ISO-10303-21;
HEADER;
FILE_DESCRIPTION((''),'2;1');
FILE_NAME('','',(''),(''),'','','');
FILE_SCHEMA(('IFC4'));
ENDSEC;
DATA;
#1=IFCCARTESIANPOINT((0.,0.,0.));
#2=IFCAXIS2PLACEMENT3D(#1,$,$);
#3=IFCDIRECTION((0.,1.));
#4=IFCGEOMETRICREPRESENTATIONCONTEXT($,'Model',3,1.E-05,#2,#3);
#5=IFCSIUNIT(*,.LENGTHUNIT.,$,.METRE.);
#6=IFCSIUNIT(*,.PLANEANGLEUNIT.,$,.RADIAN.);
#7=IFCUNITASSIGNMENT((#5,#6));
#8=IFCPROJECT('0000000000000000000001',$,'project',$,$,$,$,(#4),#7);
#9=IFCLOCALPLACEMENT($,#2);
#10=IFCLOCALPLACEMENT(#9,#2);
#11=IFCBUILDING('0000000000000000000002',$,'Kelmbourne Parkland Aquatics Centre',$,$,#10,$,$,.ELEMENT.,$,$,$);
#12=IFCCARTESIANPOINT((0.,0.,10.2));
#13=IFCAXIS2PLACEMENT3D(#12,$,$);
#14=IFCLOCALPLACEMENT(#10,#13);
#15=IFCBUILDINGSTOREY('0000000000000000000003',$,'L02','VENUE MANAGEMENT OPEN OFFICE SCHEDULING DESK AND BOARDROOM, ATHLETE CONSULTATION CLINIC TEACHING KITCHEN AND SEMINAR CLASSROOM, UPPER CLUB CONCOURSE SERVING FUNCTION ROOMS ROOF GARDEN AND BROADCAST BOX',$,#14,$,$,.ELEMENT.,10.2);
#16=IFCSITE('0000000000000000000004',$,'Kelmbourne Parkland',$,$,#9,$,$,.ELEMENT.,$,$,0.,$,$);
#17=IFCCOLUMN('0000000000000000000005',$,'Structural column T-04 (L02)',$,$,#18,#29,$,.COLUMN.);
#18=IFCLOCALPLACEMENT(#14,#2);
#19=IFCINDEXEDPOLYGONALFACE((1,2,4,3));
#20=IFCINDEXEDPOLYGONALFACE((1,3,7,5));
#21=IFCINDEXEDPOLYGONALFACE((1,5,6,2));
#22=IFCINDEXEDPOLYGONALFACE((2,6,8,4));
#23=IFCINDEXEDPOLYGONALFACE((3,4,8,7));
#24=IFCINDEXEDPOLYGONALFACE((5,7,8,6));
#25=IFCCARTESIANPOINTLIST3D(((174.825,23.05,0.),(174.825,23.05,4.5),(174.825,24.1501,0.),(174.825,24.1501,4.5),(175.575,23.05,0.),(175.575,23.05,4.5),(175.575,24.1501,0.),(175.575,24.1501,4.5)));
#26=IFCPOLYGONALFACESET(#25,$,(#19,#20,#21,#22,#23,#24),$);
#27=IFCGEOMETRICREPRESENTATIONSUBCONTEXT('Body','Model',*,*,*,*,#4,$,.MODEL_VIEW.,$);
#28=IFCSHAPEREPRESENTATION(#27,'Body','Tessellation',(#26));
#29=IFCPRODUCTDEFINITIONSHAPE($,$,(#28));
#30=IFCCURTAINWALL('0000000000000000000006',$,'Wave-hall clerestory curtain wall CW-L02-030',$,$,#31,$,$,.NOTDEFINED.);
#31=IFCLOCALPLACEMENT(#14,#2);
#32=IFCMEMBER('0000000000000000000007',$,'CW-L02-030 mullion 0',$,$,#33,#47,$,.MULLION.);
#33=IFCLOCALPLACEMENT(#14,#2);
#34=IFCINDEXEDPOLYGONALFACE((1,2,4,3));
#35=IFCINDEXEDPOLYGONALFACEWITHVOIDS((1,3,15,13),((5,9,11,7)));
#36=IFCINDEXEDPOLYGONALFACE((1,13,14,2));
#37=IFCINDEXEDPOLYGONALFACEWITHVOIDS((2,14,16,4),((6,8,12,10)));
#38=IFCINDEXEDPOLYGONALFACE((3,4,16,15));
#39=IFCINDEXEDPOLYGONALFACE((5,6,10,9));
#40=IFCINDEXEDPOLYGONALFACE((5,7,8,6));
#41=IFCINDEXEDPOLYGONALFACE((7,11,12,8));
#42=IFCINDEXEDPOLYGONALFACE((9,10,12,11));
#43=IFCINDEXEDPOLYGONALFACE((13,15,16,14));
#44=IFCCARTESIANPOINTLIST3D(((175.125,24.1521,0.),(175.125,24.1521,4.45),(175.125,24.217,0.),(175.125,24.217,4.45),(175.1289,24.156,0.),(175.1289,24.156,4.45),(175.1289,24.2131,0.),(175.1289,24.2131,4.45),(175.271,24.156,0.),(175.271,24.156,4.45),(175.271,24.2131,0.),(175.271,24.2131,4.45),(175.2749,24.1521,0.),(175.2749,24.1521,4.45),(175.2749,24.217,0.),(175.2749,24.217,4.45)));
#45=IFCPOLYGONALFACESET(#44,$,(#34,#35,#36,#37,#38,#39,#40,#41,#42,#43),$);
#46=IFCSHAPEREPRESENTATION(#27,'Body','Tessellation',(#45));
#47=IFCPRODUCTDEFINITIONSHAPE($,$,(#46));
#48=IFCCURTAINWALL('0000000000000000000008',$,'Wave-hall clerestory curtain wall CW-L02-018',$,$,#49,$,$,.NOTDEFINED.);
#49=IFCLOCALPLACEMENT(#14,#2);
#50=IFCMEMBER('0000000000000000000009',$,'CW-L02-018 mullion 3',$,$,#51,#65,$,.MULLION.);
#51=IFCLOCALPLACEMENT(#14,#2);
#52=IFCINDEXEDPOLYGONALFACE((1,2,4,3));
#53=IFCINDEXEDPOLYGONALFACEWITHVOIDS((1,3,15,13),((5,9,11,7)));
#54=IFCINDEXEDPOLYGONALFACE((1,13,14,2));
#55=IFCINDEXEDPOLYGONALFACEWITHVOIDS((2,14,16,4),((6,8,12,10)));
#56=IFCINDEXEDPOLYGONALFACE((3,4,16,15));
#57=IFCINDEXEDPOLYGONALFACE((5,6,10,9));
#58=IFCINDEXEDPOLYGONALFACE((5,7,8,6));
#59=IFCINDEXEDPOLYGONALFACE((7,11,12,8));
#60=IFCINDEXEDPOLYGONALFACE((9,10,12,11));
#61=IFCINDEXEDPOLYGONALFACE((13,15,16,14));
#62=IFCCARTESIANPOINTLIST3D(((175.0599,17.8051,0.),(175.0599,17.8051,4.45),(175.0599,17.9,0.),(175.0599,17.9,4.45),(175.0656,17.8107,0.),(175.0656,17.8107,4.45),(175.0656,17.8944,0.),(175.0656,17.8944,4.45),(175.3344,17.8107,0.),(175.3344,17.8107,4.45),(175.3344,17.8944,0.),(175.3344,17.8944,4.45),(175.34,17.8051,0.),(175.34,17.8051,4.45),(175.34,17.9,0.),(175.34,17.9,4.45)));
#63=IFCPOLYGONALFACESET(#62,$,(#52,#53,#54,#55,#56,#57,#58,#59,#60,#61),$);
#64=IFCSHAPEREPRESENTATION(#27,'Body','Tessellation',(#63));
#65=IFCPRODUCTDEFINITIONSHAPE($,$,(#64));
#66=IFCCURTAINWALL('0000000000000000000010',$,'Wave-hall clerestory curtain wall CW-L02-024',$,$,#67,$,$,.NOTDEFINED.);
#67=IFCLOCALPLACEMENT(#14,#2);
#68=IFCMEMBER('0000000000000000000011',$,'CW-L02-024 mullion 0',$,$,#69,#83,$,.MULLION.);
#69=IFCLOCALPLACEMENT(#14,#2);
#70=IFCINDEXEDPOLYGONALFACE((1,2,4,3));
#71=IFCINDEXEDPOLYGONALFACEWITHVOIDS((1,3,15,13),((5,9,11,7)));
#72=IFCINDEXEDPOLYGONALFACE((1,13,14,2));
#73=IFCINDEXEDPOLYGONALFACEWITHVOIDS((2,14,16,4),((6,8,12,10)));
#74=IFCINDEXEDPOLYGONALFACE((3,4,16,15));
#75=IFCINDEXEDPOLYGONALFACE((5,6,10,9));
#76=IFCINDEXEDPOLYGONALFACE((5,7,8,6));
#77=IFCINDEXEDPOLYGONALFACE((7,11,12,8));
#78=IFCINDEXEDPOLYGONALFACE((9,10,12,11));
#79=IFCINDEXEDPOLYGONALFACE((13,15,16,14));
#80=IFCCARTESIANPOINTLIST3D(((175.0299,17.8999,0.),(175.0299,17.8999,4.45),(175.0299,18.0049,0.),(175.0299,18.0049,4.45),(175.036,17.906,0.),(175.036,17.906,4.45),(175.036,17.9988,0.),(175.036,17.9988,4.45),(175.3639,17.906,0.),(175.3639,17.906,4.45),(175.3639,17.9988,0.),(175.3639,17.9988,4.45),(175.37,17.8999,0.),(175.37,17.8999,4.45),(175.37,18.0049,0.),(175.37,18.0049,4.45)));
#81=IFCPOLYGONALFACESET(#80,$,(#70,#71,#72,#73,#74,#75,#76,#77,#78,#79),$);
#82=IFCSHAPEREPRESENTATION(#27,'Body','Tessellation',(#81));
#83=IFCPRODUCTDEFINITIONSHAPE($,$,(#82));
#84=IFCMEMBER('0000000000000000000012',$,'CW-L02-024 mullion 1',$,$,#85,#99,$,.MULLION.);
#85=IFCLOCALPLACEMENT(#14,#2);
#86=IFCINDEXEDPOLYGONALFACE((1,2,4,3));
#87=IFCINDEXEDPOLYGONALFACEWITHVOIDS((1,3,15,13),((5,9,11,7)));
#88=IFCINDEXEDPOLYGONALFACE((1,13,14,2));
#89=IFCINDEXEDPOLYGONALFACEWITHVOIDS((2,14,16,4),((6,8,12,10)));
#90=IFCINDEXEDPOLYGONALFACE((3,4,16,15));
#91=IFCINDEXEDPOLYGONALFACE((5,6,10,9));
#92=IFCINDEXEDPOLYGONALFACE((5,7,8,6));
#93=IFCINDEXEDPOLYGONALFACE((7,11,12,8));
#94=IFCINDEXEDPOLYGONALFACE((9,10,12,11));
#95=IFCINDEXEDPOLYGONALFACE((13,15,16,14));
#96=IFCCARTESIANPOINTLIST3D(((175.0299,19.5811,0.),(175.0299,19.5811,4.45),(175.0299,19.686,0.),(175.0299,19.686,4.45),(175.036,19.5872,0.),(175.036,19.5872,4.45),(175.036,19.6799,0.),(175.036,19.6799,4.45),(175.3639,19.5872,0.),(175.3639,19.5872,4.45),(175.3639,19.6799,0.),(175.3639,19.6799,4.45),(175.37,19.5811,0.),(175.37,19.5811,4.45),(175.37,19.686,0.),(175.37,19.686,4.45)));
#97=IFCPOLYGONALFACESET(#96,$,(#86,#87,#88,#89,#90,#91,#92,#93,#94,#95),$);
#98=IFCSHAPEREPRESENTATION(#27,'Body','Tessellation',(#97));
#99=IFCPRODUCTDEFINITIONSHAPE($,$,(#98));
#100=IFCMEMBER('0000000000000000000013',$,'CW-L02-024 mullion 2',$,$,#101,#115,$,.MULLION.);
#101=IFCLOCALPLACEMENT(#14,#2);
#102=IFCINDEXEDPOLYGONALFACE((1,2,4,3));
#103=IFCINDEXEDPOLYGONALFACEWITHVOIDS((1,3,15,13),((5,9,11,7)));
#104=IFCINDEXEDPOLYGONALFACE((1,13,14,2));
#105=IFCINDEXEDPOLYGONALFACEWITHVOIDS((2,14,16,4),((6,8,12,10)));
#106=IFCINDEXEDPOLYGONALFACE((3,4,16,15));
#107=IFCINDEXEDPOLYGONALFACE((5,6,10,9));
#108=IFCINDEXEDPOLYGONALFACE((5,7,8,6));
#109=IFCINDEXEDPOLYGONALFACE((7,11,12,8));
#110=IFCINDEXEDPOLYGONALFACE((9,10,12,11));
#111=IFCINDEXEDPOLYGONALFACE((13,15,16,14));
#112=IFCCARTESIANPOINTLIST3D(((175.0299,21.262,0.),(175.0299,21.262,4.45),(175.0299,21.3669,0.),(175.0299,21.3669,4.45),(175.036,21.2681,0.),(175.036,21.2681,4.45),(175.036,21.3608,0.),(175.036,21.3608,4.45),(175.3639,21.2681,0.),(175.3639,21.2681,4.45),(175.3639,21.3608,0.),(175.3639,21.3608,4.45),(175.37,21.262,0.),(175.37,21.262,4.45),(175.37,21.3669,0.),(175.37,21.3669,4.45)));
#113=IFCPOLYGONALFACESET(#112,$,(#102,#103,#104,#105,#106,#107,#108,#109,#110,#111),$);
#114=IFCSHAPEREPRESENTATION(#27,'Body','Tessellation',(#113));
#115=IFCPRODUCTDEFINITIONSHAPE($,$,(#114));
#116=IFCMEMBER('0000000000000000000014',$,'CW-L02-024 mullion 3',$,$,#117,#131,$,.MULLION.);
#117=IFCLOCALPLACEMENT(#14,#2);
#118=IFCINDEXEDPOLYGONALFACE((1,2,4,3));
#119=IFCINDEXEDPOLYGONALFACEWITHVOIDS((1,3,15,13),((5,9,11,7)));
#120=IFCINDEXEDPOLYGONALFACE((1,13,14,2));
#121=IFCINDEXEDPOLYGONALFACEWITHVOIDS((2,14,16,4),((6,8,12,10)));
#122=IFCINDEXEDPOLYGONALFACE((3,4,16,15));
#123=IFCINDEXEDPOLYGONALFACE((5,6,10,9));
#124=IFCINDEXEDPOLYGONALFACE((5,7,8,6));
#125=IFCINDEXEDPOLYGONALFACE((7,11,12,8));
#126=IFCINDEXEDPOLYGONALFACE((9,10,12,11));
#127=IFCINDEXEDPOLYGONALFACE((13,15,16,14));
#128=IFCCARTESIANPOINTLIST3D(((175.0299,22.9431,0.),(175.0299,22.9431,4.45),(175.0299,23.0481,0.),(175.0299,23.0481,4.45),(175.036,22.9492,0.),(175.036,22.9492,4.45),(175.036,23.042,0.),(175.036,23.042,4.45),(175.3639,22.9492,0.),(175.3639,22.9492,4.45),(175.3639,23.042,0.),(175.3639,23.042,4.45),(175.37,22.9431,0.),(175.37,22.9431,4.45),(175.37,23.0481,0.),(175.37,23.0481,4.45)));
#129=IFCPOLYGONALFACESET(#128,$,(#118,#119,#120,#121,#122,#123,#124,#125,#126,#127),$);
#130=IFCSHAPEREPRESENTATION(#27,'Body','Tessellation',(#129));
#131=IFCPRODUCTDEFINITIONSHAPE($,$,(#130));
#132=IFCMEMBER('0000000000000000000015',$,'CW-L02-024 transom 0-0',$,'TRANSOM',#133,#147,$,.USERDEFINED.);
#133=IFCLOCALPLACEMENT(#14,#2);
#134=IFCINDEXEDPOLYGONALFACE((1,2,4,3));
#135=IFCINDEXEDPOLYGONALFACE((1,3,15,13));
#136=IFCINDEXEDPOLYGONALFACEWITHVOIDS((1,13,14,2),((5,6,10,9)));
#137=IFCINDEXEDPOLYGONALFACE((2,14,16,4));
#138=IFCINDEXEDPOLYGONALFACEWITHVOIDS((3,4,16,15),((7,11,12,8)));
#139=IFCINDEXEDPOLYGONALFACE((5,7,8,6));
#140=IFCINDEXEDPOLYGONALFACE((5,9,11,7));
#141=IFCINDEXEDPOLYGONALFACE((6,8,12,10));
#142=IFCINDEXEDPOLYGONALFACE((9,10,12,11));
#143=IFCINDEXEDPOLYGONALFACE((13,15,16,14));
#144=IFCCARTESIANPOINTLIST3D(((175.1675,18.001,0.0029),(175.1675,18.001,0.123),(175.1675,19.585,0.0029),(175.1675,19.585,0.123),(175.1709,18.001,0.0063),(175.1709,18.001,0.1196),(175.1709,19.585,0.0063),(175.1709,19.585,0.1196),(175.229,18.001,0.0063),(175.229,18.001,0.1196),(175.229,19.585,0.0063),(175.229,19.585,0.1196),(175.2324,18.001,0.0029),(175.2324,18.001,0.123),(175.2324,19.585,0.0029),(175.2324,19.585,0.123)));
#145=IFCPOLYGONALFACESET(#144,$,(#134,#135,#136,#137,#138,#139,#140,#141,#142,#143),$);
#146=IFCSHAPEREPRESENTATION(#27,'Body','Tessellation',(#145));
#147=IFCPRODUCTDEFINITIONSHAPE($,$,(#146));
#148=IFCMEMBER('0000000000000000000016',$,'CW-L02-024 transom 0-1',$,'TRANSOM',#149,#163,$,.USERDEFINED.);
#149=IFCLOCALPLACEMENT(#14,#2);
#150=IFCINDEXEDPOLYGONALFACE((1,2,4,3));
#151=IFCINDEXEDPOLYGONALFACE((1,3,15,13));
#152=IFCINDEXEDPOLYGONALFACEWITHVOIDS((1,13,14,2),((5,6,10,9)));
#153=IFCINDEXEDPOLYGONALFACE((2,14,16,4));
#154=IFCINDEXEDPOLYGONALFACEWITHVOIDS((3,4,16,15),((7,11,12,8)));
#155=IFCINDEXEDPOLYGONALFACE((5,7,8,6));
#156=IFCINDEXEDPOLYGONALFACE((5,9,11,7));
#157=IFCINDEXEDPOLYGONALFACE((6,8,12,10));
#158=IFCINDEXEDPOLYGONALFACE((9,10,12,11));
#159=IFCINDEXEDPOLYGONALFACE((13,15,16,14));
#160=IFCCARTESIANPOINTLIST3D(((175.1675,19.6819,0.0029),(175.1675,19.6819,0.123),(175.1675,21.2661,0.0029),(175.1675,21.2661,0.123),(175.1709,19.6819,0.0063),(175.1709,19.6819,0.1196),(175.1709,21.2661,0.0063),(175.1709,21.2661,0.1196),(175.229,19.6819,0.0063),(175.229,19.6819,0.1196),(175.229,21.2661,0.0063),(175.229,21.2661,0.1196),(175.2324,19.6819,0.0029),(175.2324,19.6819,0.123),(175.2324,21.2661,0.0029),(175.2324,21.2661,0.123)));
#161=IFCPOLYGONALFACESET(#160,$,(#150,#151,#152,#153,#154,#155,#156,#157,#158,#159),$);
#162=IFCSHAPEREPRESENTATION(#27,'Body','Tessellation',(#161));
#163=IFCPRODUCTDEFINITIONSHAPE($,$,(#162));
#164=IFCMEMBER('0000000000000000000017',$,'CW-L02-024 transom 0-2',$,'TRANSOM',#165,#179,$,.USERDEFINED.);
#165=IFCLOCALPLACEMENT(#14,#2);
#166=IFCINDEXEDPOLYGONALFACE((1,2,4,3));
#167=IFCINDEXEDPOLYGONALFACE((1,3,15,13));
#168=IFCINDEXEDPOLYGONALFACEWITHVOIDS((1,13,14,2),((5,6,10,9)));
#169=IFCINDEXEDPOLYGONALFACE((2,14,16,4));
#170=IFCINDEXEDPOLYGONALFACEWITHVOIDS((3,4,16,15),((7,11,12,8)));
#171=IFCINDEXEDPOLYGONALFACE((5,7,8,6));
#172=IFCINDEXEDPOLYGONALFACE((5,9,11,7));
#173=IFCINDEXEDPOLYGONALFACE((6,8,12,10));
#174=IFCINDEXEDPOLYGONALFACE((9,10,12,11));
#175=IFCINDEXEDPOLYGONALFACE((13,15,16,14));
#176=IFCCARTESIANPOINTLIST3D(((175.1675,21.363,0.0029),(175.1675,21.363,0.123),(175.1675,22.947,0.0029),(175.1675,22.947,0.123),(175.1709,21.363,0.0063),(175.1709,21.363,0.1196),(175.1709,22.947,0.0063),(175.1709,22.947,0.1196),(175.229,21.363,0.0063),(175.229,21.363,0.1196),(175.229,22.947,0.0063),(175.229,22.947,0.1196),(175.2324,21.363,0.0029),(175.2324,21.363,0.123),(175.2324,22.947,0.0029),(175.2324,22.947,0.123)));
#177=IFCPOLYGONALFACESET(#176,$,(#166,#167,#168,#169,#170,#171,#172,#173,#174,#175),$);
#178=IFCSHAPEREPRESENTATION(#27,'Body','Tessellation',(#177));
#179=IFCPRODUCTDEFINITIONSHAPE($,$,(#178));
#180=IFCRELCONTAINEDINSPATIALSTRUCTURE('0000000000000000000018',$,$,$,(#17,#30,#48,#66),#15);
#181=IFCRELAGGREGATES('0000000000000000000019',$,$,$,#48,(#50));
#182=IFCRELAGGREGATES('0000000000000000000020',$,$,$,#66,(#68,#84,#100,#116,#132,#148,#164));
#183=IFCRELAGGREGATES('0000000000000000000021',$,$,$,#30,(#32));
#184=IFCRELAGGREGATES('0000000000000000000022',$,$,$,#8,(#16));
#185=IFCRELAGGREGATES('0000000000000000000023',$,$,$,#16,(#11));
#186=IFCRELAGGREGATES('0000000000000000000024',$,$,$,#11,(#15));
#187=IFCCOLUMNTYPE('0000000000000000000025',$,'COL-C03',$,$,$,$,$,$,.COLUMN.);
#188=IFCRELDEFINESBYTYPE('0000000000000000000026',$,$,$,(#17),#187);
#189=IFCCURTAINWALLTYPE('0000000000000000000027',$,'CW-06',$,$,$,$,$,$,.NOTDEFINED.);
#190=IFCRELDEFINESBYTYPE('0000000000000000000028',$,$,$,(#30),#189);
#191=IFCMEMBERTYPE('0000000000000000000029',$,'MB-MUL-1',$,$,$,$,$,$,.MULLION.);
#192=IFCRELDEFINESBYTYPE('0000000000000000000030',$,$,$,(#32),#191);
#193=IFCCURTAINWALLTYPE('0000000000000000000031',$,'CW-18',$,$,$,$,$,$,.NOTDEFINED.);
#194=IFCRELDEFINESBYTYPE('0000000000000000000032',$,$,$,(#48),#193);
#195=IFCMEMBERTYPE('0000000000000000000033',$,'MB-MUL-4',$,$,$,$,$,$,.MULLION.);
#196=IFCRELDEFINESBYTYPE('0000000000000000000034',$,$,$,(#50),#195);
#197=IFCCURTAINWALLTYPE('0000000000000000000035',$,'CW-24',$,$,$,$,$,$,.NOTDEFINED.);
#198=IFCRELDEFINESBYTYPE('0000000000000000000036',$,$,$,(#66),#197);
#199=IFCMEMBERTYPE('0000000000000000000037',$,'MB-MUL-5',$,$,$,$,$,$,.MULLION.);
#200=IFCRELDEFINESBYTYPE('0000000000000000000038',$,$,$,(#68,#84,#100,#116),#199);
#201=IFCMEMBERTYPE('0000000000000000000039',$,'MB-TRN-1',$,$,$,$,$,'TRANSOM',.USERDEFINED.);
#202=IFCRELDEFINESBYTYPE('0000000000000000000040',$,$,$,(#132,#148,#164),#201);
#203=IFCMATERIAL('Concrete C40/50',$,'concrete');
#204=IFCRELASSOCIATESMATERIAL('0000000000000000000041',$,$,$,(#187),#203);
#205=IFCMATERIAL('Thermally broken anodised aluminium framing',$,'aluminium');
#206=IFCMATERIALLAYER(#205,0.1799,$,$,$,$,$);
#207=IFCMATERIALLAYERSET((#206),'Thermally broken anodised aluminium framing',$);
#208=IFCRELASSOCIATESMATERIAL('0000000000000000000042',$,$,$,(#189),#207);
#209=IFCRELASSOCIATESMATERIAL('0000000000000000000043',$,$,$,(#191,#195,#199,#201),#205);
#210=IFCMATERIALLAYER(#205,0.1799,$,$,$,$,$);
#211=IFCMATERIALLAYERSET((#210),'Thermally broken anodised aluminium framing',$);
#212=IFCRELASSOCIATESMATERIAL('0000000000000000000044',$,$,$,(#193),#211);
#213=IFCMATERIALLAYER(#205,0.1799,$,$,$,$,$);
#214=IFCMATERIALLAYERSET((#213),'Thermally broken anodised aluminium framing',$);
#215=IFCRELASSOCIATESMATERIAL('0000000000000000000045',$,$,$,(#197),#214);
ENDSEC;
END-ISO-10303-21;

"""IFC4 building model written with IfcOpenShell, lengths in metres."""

from ifc_helpers import new_model, si_unit, direction, frame, origin, origin_2d, place, context, subcontext, project, spatial, rectangle, hollow_rectangle, extrude, material, layer, layer_set, material_profile, profile_set, type_object, element, aggregate, save


model = new_model("IFC4")

# Units and contexts
model_context = context("Model", 3, precision=1e-05, world=origin(), true_north=direction((0.0, 1.0)))
body_context = subcontext(model_context, "Body", "Model", "MODEL_VIEW")
ifc_project = project(units=[si_unit("LENGTHUNIT", "METRE"), si_unit("PLANEANGLEUNIT", "RADIAN")], contexts=[model_context])

# Site, building, storey
site_placement = place(None, origin())
site = spatial("IfcSite", under=ifc_project, at=site_placement, Name="Kelmbourne Parkland", CompositionType="ELEMENT", RefElevation=0.0)
building_placement = place(site_placement, origin())
building = spatial("IfcBuilding", under=site, at=building_placement, Name="Kelmbourne Parkland Aquatics Centre", CompositionType="ELEMENT")
storey_placement = place(building_placement, frame((0.0, 0.0, 10.2)))
storey = spatial("IfcBuildingStorey", under=building, at=storey_placement, Name="L02", Description="VENUE MANAGEMENT OPEN OFFICE SCHEDULING DESK AND BOARDROOM, ATHLETE CONSULTATION CLINIC TEACHING KITCHEN AND SEMINAR CLASSROOM, UPPER CLUB CONCOURSE SERVING FUNCTION ROOMS ROOF GARDEN AND BROADCAST BOX", CompositionType="ELEMENT", Elevation=10.2)

# Column
ifc_material_1 = material(Name="Concrete C40/50", Category="concrete")
ifc_material_profile_1 = material_profile(ifc_material_1, rectangle(XDim=0.75, YDim=1.1001, at=origin_2d()), Name="RC 750x1100")
ifc_profile_set_1 = profile_set([ifc_material_profile_1], Name="Concrete C40/50")
column_type = type_object("IfcColumnType", Name="COL-C03", PredefinedType="COLUMN", material=ifc_profile_set_1)
column_placement = place(storey_placement, frame((175.2, 23.6001, 0.0), z_axis=(0.0, 0.0, 1.0), x_axis=(1.0, 0.0, 0.0)))
element("IfcColumn", 1, at=column_placement, inside=storey, type_object=column_type, Name="Structural column T-04 (L02)", PredefinedType="COLUMN", context=body_context, shape_type="SweptSolid", body=[
    extrude(rectangle(XDim=0.75, YDim=1.1001, at=origin_2d()), origin(), (0.0, 0.0, 1.0), 4.5),
])

# Curtain walls, members
ifc_material_2 = material(Name="Thermally broken anodised aluminium framing", Category="aluminium")
ifc_layer_1 = layer(ifc_material_2, 0.1799)
ifc_layer_set_1 = layer_set([ifc_layer_1], Name="Thermally broken anodised aluminium framing")
curtain_wall_type_1 = type_object("IfcCurtainWallType", Name="CW-06", PredefinedType="NOTDEFINED", material=ifc_layer_set_1)
curtain_wall_1_placement = place(storey_placement, origin())
curtain_wall_1 = element("IfcCurtainWall", 2, at=curtain_wall_1_placement, inside=storey, type_object=curtain_wall_type_1, Name="Wave-hall clerestory curtain wall CW-L02-030", PredefinedType="NOTDEFINED")
ifc_material_profile_2 = material_profile(ifc_material_2, hollow_rectangle(XDim=0.0649, YDim=0.1499, WallThickness=0.0039, at=origin_2d()), Name="CW-M 65x150")
ifc_profile_set_2 = profile_set([ifc_material_profile_2], Name="Thermally broken anodised aluminium framing")
member_type_1 = type_object("IfcMemberType", Name="MB-MUL-1", PredefinedType="MULLION", material=ifc_profile_set_2)
member_1_placement = place(storey_placement, frame((175.2, 24.1846, 0.0), z_axis=(0.0, 0.0, 1.0), x_axis=(0.0, 1.0, 0.0)))
member_1 = element("IfcMember", 3, at=member_1_placement, type_object=member_type_1, Name="CW-L02-030 mullion 0", PredefinedType="MULLION", context=body_context, shape_type="SweptSolid", body=[
    extrude(hollow_rectangle(XDim=0.0649, YDim=0.1499, WallThickness=0.0039, at=origin_2d()), origin(), (0.0, 0.0, 1.0), 4.45),
])
ifc_layer_2 = layer(ifc_material_2, 0.1799)
ifc_layer_set_2 = layer_set([ifc_layer_2], Name="Thermally broken anodised aluminium framing")
curtain_wall_type_2 = type_object("IfcCurtainWallType", Name="CW-18", PredefinedType="NOTDEFINED", material=ifc_layer_set_2)
curtain_wall_2_placement = place(storey_placement, origin())
curtain_wall_2 = element("IfcCurtainWall", 4, at=curtain_wall_2_placement, inside=storey, type_object=curtain_wall_type_2, Name="Wave-hall clerestory curtain wall CW-L02-018", PredefinedType="NOTDEFINED")
ifc_material_profile_3 = material_profile(ifc_material_2, hollow_rectangle(XDim=0.095, YDim=0.28, WallThickness=0.0056, at=origin_2d()), Name="CW-M 95x280")
ifc_profile_set_3 = profile_set([ifc_material_profile_3], Name="Thermally broken anodised aluminium framing")
member_type_2 = type_object("IfcMemberType", Name="MB-MUL-4", PredefinedType="MULLION", material=ifc_profile_set_3)
member_2_placement = place(storey_placement, frame((175.2, 17.8525, 0.0), z_axis=(0.0, 0.0, 1.0), x_axis=(0.0, 1.0, 0.0)))
member_2 = element("IfcMember", 5, at=member_2_placement, type_object=member_type_2, Name="CW-L02-018 mullion 3", PredefinedType="MULLION", context=body_context, shape_type="SweptSolid", body=[
    extrude(hollow_rectangle(XDim=0.095, YDim=0.28, WallThickness=0.0056, at=origin_2d()), origin(), (0.0, 0.0, 1.0), 4.45),
])

# Curtain wall, members
ifc_layer_3 = layer(ifc_material_2, 0.1799)
ifc_layer_set_3 = layer_set([ifc_layer_3], Name="Thermally broken anodised aluminium framing")
curtain_wall_type_3 = type_object("IfcCurtainWallType", Name="CW-24", PredefinedType="NOTDEFINED", material=ifc_layer_set_3)
curtain_wall_3_placement = place(storey_placement, origin())
curtain_wall_3 = element("IfcCurtainWall", 6, at=curtain_wall_3_placement, inside=storey, type_object=curtain_wall_type_3, Name="Wave-hall clerestory curtain wall CW-L02-024", PredefinedType="NOTDEFINED")
ifc_material_profile_4 = material_profile(ifc_material_2, hollow_rectangle(XDim=0.105, YDim=0.3401, WallThickness=0.0061, at=origin_2d()), Name="CW-M 105x340")
ifc_profile_set_4 = profile_set([ifc_material_profile_4], Name="Thermally broken anodised aluminium framing")
member_type_3 = type_object("IfcMemberType", Name="MB-MUL-5", PredefinedType="MULLION", material=ifc_profile_set_4)
member_3_placement = place(storey_placement, frame((175.2, 17.9524, 0.0), z_axis=(0.0, 0.0, 1.0), x_axis=(0.0, 1.0, 0.0)))
member_3 = element("IfcMember", 7, at=member_3_placement, type_object=member_type_3, Name="CW-L02-024 mullion 0", PredefinedType="MULLION", context=body_context, shape_type="SweptSolid", body=[
    extrude(hollow_rectangle(XDim=0.105, YDim=0.3401, WallThickness=0.0061, at=origin_2d()), origin(), (0.0, 0.0, 1.0), 4.45),
])
member_4_placement = place(storey_placement, frame((175.2, 19.6335, 0.0), z_axis=(0.0, 0.0, 1.0), x_axis=(0.0, 1.0, 0.0)))
member_4 = element("IfcMember", 8, at=member_4_placement, type_object=member_type_3, Name="CW-L02-024 mullion 1", PredefinedType="MULLION", context=body_context, shape_type="SweptSolid", body=[
    extrude(hollow_rectangle(XDim=0.105, YDim=0.3401, WallThickness=0.0061, at=origin_2d()), origin(), (0.0, 0.0, 1.0), 4.45),
])
member_5_placement = place(storey_placement, frame((175.2, 21.3145, 0.0), z_axis=(0.0, 0.0, 1.0), x_axis=(0.0, 1.0, 0.0)))
member_5 = element("IfcMember", 9, at=member_5_placement, type_object=member_type_3, Name="CW-L02-024 mullion 2", PredefinedType="MULLION", context=body_context, shape_type="SweptSolid", body=[
    extrude(hollow_rectangle(XDim=0.105, YDim=0.3401, WallThickness=0.0061, at=origin_2d()), origin(), (0.0, 0.0, 1.0), 4.45),
])
member_6_placement = place(storey_placement, frame((175.2, 22.9956, 0.0), z_axis=(0.0, 0.0, 1.0), x_axis=(0.0, 1.0, 0.0)))
member_6 = element("IfcMember", 10, at=member_6_placement, type_object=member_type_3, Name="CW-L02-024 mullion 3", PredefinedType="MULLION", context=body_context, shape_type="SweptSolid", body=[
    extrude(hollow_rectangle(XDim=0.105, YDim=0.3401, WallThickness=0.0061, at=origin_2d()), origin(), (0.0, 0.0, 1.0), 4.45),
])
ifc_material_profile_5 = material_profile(ifc_material_2, hollow_rectangle(XDim=0.0649, YDim=0.1201, WallThickness=0.0034, at=origin_2d()), Name="CW-T 65x120")
ifc_profile_set_5 = profile_set([ifc_material_profile_5], Name="Thermally broken anodised aluminium framing")
member_type_4 = type_object("IfcMemberType", Name="MB-TRN-1", ElementType="TRANSOM", PredefinedType="USERDEFINED", material=ifc_profile_set_5)
member_7_placement = place(storey_placement, frame((175.2, 18.001, 0.063), z_axis=(0.0, 1.0, 0.0), x_axis=(-1.0, 0.0, 0.0)))
member_7 = element("IfcMember", 11, at=member_7_placement, type_object=member_type_4, Name="CW-L02-024 transom 0-0", ObjectType="TRANSOM", PredefinedType="USERDEFINED", context=body_context, shape_type="SweptSolid", body=[
    extrude(hollow_rectangle(XDim=0.0649, YDim=0.1201, WallThickness=0.0034, at=origin_2d()), origin(), (0.0, 0.0, 1.0), 1.584),
])
member_8_placement = place(storey_placement, frame((175.2, 19.6819, 0.063), z_axis=(0.0, 1.0, 0.0), x_axis=(-1.0, 0.0, 0.0)))
member_8 = element("IfcMember", 12, at=member_8_placement, type_object=member_type_4, Name="CW-L02-024 transom 0-1", ObjectType="TRANSOM", PredefinedType="USERDEFINED", context=body_context, shape_type="SweptSolid", body=[
    extrude(hollow_rectangle(XDim=0.0649, YDim=0.1201, WallThickness=0.0034, at=origin_2d()), origin(), (0.0, 0.0, 1.0), 1.5842),
])
member_9_placement = place(storey_placement, frame((175.2, 21.363, 0.063), z_axis=(0.0, 1.0, 0.0), x_axis=(-1.0, 0.0, 0.0)))
member_9 = element("IfcMember", 13, at=member_9_placement, type_object=member_type_4, Name="CW-L02-024 transom 0-2", ObjectType="TRANSOM", PredefinedType="USERDEFINED", context=body_context, shape_type="SweptSolid", body=[
    extrude(hollow_rectangle(XDim=0.0649, YDim=0.1201, WallThickness=0.0034, at=origin_2d()), origin(), (0.0, 0.0, 1.0), 1.584),
])

aggregate(curtain_wall_2, [member_2])
aggregate(curtain_wall_3, [member_3, member_4, member_5, member_6, member_7, member_8, member_9])
aggregate(curtain_wall_1, [member_1])

save(model, "model.ifc")
